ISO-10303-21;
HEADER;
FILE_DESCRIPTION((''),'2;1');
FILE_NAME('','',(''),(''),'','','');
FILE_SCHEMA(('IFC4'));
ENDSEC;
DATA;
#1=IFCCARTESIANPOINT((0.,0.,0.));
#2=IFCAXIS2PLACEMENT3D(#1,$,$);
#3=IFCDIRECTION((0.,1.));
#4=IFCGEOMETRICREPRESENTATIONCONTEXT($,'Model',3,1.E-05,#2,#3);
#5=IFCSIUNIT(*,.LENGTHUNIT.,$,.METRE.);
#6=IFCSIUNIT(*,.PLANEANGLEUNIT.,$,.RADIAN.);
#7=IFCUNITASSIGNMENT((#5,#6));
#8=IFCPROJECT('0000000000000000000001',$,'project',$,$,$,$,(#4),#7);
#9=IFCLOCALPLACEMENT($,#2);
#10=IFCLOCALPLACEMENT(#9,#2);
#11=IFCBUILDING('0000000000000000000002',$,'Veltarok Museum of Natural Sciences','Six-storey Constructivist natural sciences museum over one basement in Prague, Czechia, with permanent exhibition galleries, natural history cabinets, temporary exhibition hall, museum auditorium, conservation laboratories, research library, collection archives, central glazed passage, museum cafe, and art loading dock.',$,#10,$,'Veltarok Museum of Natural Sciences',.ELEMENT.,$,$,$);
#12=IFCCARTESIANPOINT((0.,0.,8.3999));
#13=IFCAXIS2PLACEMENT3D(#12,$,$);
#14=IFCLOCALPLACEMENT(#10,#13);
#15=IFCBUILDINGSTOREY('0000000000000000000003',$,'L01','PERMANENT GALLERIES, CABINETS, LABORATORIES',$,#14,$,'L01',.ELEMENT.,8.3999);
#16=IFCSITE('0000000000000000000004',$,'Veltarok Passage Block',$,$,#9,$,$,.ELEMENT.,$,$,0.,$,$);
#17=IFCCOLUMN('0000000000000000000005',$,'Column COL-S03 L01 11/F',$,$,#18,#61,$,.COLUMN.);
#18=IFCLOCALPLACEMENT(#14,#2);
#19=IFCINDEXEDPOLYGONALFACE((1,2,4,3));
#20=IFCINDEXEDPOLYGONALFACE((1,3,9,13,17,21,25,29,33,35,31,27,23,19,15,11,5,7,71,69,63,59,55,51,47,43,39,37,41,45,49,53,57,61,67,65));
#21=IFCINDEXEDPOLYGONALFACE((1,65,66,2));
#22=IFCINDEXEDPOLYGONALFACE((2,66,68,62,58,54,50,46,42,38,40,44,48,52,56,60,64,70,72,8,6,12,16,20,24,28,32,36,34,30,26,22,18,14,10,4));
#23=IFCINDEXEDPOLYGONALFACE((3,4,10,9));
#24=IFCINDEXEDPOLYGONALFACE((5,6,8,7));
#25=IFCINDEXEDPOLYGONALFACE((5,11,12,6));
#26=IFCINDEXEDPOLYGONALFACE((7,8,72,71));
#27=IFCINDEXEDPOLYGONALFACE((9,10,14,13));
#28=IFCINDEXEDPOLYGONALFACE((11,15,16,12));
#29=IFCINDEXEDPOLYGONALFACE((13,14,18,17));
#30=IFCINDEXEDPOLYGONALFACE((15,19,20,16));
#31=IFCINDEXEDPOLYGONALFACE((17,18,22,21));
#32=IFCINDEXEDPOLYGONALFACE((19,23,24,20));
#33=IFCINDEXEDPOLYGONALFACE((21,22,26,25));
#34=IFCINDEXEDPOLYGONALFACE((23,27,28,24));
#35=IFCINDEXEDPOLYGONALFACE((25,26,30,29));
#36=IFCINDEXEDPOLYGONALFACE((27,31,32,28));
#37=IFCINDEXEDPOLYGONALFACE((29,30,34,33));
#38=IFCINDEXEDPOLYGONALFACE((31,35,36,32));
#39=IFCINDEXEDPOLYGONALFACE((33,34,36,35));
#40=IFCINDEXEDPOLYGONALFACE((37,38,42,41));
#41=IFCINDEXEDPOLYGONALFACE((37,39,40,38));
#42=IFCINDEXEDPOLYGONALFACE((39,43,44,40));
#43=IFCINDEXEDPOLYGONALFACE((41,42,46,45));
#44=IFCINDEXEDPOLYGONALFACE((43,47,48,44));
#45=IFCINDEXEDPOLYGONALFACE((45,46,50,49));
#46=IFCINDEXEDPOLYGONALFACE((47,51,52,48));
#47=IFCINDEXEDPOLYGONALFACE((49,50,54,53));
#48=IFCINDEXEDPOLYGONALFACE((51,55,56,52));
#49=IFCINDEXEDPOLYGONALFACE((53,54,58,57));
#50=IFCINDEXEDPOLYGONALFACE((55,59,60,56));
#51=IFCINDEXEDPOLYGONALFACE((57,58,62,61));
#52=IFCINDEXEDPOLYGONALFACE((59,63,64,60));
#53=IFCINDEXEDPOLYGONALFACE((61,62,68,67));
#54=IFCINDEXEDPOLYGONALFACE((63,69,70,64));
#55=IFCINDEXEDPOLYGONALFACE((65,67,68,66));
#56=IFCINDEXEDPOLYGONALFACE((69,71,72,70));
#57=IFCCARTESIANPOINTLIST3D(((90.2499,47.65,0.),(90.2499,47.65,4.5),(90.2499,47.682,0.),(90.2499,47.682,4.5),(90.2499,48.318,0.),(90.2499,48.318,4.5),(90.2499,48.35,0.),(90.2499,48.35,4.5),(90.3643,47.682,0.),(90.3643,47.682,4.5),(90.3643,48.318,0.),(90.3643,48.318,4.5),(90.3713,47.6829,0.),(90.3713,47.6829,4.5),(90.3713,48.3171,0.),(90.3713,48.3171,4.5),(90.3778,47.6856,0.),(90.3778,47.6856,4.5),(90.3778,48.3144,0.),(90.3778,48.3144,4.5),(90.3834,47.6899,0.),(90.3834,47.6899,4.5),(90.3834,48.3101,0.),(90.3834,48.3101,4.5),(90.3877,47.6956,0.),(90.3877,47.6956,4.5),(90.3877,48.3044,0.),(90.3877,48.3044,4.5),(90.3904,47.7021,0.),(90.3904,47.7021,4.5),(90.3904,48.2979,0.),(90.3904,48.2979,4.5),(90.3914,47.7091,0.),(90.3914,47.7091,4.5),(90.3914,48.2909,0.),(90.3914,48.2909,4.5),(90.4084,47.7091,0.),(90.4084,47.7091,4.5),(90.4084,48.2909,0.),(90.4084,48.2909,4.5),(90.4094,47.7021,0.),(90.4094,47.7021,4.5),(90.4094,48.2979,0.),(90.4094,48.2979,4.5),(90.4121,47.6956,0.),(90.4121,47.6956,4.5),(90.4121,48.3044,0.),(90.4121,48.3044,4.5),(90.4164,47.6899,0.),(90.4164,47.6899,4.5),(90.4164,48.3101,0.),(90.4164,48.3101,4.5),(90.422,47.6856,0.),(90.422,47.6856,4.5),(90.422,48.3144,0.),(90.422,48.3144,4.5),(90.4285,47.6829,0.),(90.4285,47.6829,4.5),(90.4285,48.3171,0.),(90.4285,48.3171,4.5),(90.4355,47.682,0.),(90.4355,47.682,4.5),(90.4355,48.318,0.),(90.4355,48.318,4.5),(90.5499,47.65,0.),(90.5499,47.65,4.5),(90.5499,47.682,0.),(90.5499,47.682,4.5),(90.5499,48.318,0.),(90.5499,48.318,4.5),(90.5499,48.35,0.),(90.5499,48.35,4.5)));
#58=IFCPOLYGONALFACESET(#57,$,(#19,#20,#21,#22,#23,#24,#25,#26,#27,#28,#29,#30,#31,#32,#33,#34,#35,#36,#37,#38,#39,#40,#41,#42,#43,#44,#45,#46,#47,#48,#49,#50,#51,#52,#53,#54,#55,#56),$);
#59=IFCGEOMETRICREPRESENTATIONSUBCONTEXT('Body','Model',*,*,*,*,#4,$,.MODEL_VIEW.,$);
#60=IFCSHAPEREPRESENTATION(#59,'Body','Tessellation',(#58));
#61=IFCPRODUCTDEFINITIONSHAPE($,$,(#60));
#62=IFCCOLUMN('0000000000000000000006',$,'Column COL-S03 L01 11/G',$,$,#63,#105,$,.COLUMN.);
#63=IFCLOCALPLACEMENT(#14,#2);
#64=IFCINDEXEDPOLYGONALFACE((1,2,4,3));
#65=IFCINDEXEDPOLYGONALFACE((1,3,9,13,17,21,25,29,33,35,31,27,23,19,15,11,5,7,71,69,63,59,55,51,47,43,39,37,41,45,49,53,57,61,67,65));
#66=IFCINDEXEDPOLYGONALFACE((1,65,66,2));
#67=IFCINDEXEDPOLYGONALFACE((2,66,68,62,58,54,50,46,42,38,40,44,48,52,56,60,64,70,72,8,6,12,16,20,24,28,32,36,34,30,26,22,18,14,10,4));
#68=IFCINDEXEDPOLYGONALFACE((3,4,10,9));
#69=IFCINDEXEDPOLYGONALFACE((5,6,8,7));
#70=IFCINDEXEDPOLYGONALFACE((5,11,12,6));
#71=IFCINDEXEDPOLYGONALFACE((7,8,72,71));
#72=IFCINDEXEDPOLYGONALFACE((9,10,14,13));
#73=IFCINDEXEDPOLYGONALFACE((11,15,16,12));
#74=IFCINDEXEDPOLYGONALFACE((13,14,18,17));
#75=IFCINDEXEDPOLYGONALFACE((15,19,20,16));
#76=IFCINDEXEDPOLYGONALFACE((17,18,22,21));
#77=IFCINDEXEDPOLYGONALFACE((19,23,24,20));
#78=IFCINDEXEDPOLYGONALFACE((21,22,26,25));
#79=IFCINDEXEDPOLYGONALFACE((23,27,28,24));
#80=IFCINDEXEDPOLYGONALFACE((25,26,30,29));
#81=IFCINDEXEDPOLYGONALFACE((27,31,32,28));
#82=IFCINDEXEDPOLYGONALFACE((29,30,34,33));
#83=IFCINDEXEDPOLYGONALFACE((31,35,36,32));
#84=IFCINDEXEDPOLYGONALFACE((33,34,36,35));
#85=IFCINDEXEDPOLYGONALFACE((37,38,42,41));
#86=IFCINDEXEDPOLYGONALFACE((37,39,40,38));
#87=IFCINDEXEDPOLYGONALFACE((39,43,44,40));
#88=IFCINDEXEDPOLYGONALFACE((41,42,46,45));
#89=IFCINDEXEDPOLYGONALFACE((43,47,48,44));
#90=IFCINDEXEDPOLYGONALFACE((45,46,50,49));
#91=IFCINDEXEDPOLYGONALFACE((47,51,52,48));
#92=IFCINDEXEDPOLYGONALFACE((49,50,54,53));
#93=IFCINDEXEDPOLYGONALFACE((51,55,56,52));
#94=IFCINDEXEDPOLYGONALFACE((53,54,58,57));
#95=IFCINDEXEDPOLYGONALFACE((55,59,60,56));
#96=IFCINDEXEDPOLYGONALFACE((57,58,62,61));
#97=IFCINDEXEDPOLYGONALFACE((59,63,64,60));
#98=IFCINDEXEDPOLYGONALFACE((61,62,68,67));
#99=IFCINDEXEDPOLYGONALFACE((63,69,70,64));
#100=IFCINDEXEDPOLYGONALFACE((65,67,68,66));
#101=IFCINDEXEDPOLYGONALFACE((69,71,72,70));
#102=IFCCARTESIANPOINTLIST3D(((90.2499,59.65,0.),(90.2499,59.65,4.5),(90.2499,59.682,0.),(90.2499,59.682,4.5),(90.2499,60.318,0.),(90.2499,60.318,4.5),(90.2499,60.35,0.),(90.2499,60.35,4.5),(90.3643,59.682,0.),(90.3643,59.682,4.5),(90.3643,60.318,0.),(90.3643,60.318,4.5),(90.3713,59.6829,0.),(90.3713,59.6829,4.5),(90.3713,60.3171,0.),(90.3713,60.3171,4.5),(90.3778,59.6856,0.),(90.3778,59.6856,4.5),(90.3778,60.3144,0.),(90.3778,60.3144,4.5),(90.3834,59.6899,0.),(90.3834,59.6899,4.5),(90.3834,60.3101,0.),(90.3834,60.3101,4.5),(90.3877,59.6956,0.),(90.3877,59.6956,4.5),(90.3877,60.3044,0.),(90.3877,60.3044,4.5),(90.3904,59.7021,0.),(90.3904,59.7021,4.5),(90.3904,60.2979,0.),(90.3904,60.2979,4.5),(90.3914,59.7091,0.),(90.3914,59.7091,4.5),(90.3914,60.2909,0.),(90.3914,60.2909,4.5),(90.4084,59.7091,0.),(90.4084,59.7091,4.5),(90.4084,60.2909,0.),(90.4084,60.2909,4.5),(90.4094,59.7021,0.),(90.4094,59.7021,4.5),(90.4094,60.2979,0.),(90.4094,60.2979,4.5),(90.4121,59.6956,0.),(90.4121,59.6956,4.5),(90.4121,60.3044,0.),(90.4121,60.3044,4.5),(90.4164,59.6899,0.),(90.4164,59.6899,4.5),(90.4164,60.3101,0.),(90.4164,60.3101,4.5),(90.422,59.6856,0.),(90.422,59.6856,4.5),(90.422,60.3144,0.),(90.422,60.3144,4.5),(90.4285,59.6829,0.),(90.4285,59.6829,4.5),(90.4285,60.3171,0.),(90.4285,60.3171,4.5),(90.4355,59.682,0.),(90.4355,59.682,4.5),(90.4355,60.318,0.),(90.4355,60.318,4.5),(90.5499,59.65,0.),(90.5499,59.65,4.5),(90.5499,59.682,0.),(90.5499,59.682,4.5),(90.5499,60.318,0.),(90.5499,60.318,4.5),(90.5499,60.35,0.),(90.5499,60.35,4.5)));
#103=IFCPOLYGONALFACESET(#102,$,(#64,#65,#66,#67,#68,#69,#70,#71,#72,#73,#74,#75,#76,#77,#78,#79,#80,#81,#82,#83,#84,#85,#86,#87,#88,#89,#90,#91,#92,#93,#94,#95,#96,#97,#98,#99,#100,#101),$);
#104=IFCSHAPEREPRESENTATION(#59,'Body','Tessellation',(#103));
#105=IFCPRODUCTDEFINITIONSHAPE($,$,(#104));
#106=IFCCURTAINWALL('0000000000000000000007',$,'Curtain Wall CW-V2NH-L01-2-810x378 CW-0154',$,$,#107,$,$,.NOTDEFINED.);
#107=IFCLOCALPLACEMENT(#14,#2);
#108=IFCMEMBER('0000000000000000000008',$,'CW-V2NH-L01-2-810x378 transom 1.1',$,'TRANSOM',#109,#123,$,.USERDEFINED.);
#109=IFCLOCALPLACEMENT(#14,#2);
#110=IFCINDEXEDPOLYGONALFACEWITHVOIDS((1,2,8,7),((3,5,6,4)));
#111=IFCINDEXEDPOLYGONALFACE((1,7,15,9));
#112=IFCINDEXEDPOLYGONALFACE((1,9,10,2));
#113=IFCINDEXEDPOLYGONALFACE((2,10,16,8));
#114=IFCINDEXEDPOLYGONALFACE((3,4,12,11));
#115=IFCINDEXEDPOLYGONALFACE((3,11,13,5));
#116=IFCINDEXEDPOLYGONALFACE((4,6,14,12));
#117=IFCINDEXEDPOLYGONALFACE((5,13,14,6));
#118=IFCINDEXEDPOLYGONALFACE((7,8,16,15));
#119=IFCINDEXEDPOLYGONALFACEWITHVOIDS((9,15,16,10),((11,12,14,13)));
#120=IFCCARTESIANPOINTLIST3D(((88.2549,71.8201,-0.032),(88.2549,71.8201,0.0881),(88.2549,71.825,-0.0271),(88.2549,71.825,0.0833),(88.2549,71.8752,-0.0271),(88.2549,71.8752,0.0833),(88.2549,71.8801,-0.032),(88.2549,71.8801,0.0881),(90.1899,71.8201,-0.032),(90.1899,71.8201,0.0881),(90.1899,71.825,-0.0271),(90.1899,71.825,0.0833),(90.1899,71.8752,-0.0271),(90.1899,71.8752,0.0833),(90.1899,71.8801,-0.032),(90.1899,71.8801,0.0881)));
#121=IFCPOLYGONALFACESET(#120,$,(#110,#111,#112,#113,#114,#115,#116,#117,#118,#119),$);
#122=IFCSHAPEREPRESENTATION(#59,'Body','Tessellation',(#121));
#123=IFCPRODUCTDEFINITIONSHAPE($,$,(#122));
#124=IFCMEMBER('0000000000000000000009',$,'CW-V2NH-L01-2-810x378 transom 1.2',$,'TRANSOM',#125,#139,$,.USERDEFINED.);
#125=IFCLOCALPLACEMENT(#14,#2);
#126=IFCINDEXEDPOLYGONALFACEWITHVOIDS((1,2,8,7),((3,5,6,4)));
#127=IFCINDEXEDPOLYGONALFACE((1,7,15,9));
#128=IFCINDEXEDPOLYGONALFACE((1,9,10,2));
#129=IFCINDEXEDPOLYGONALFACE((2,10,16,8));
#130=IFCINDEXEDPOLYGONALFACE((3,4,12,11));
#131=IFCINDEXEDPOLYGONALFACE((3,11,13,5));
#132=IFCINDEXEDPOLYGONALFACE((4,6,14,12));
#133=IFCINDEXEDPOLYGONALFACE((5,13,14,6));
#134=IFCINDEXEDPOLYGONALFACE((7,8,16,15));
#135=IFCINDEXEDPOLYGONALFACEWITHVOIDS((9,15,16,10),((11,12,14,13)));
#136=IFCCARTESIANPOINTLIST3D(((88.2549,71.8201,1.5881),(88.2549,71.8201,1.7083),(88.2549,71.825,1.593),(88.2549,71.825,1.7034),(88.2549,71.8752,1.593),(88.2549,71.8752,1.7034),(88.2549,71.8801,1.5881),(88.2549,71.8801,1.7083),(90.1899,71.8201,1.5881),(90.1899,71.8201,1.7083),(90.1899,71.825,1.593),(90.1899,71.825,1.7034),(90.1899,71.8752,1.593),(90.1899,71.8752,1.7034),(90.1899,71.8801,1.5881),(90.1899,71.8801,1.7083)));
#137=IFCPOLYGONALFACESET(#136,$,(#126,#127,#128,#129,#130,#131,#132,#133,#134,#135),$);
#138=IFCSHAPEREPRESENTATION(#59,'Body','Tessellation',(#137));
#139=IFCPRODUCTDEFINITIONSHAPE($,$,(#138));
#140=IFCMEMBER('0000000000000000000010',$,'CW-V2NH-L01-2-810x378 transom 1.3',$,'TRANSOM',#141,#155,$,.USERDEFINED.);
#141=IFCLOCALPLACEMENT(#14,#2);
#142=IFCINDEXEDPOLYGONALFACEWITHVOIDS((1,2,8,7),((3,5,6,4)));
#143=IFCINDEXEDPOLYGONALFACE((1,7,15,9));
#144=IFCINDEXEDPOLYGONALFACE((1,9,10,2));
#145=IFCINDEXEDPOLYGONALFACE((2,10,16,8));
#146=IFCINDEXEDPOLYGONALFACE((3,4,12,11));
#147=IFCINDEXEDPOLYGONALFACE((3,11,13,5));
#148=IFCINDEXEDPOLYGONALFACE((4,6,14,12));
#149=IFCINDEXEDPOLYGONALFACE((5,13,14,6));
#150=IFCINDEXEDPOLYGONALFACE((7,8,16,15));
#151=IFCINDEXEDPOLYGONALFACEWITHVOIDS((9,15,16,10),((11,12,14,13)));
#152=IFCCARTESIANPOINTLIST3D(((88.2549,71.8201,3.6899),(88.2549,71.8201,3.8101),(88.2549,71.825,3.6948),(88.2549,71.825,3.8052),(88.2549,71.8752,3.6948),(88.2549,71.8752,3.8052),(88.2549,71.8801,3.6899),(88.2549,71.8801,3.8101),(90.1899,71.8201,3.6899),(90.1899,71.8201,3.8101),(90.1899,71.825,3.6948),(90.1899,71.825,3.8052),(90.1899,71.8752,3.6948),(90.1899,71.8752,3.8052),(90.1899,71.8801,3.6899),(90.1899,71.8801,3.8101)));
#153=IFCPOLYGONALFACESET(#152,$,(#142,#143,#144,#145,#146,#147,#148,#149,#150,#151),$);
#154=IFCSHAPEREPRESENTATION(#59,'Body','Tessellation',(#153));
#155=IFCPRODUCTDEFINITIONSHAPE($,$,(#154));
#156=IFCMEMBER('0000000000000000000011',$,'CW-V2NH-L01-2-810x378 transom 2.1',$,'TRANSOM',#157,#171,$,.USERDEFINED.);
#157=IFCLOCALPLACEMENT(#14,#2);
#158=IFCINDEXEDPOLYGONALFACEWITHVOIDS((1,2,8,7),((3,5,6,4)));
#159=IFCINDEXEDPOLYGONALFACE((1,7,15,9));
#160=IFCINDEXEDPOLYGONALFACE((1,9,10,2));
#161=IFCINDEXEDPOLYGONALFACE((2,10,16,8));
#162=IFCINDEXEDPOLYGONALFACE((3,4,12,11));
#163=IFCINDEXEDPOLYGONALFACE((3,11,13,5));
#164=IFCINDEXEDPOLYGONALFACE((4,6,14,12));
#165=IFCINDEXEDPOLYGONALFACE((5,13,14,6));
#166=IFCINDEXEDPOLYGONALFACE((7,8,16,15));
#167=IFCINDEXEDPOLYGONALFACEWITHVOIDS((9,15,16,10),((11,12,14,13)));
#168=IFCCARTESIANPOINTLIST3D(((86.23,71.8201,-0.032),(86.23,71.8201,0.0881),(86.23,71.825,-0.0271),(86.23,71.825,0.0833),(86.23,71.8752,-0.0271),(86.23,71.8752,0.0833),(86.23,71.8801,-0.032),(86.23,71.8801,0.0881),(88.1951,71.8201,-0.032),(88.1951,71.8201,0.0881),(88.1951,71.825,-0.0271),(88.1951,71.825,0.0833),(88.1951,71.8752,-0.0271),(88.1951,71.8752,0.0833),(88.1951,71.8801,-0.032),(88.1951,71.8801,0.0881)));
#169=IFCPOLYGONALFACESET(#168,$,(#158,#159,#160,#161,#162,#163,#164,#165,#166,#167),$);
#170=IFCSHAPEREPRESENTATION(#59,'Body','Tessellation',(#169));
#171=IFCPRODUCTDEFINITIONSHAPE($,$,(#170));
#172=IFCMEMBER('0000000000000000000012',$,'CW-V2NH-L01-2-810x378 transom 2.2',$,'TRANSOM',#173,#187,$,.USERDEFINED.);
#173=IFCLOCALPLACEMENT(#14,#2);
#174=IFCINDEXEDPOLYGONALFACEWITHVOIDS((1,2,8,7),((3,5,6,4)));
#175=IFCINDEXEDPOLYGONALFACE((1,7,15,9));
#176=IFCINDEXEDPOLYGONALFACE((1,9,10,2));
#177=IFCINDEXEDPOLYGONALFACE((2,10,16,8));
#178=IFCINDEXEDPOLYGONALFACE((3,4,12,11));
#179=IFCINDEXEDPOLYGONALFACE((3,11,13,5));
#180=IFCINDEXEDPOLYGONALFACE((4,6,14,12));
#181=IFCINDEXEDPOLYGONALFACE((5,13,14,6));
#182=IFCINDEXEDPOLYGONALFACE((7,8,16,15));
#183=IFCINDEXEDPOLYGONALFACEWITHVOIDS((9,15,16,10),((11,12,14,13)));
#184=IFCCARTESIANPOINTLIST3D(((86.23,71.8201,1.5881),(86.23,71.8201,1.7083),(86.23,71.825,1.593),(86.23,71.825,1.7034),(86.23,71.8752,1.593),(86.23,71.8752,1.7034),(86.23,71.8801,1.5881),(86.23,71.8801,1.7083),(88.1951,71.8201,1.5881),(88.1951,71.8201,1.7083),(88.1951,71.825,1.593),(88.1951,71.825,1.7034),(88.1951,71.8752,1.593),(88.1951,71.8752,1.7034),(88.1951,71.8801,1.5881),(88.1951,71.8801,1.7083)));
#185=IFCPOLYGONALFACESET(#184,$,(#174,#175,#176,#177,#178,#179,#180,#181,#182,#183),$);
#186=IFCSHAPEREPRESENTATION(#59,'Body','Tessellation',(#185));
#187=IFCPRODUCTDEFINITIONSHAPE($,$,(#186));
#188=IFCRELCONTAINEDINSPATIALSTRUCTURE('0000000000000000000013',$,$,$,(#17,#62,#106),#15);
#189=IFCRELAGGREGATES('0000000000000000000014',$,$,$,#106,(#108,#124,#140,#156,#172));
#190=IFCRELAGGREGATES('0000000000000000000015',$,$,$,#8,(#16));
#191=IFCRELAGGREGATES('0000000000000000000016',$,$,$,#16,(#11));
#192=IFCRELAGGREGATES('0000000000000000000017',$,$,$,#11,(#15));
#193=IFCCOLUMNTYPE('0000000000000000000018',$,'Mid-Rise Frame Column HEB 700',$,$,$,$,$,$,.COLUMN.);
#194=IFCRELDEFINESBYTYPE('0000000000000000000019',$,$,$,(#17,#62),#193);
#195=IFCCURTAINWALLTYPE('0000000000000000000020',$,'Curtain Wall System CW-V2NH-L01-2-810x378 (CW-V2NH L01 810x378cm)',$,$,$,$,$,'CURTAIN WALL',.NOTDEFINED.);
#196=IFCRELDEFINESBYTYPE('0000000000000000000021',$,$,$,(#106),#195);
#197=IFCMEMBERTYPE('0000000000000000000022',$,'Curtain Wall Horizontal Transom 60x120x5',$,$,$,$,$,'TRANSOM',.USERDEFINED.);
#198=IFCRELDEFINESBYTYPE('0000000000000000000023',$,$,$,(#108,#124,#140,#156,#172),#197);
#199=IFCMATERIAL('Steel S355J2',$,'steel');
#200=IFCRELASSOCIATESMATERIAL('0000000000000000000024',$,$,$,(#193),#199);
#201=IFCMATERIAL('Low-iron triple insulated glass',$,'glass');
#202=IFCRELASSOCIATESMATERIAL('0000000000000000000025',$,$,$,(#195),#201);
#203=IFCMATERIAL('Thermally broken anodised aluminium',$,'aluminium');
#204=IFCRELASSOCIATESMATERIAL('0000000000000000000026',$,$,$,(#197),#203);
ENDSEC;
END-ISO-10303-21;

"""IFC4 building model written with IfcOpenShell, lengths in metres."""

from ifc_helpers import new_model, si_unit, direction, frame, origin, origin_2d, place, context, subcontext, project, spatial, hollow_rectangle, i_section, extrude, material, material_profile, profile_set, type_object, element, aggregate, save


model = new_model("IFC4")

# Units and contexts
model_context = context("Model", 3, precision=1e-05, world=origin(), true_north=direction((0.0, 1.0)))
body_context = subcontext(model_context, "Body", "Model", "MODEL_VIEW")
ifc_project = project(units=[si_unit("LENGTHUNIT", "METRE"), si_unit("PLANEANGLEUNIT", "RADIAN")], contexts=[model_context])

# Site, building, storey
site_placement = place(None, origin())
site = spatial("IfcSite", under=ifc_project, at=site_placement, Name="Veltarok Passage Block", CompositionType="ELEMENT", RefElevation=0.0)
building_placement = place(site_placement, origin())
building = spatial("IfcBuilding", under=site, at=building_placement, Name="Veltarok Museum of Natural Sciences", Description="Six-storey Constructivist natural sciences museum over one basement in Prague, Czechia, with permanent exhibition galleries, natural history cabinets, temporary exhibition hall, museum auditorium, conservation laboratories, research library, collection archives, central glazed passage, museum cafe, and art loading dock.", LongName="Veltarok Museum of Natural Sciences", CompositionType="ELEMENT")
storey_placement = place(building_placement, frame((0.0, 0.0, 8.3999)))
storey = spatial("IfcBuildingStorey", under=building, at=storey_placement, Name="L01", Description="PERMANENT GALLERIES, CABINETS, LABORATORIES", LongName="L01", CompositionType="ELEMENT", Elevation=8.3999)

# Columns
ifc_material_1 = material(Name="Steel S355J2", Category="steel")
ifc_material_profile_1 = material_profile(ifc_material_1, i_section(OverallWidth=0.3, OverallDepth=0.7, WebThickness=0.0171, FlangeThickness=0.032, FilletRadius=0.0271, at=origin_2d()), Name="HEB 700")
ifc_profile_set_1 = profile_set([ifc_material_profile_1], Name="Steel S355J2")
column_type = type_object("IfcColumnType", Name="Mid-Rise Frame Column HEB 700", PredefinedType="COLUMN", material=ifc_profile_set_1)
for number, where, z_axis, x_axis, name in (
    (1, (90.3999, 48.0, 0.0), (0.0, 0.0, 1.0), (1.0, 0.0, 0.0), "Column COL-S03 L01 11/F"),
    (2, (90.3999, 60.0, 0.0), (0.0, 0.0, 1.0), (1.0, 0.0, 0.0), "Column COL-S03 L01 11/G"),
):
    element("IfcColumn", number, at=place(storey_placement, frame(where, z_axis=z_axis, x_axis=x_axis)), inside=storey, type_object=column_type, Name=name, PredefinedType="COLUMN", context=body_context, shape_type="SweptSolid", body=[
        extrude(i_section(OverallWidth=0.3, OverallDepth=0.7, WebThickness=0.0171, FlangeThickness=0.032, FilletRadius=0.0271, at=origin_2d()), origin(), (0.0, 0.0, 1.0), 4.5),
    ])

# Curtain wall, members
ifc_material_2 = material(Name="Low-iron triple insulated glass", Category="glass")
curtain_wall_type_1 = type_object("IfcCurtainWallType", Name="Curtain Wall System CW-V2NH-L01-2-810x378 (CW-V2NH L01 810x378cm)", ElementType="CURTAIN WALL", PredefinedType="NOTDEFINED", material=ifc_material_2)
curtain_wall_1_placement = place(storey_placement, origin())
curtain_wall_1 = element("IfcCurtainWall", 3, at=curtain_wall_1_placement, inside=storey, type_object=curtain_wall_type_1, Name="Curtain Wall CW-V2NH-L01-2-810x378 CW-0154", PredefinedType="NOTDEFINED")
ifc_material_3 = material(Name="Thermally broken anodised aluminium", Category="aluminium")
ifc_material_profile_2 = material_profile(ifc_material_3, hollow_rectangle(XDim=0.0601, YDim=0.1201, WallThickness=0.0049, at=origin_2d()), Name="CW TRANSOM 60x120x5")
ifc_profile_set_2 = profile_set([ifc_material_profile_2], Name="Thermally broken anodised aluminium")
member_type_1 = type_object("IfcMemberType", Name="Curtain Wall Horizontal Transom 60x120x5", ElementType="TRANSOM", PredefinedType="USERDEFINED", material=ifc_profile_set_2)
member_1_placement = place(storey_placement, frame((90.1899, 71.8501, 0.0281), z_axis=(-1.0, 0.0, 0.0), x_axis=(0.0, -1.0, 0.0)))
member_1 = element("IfcMember", 4, at=member_1_placement, type_object=member_type_1, Name="CW-V2NH-L01-2-810x378 transom 1.1", ObjectType="TRANSOM", PredefinedType="USERDEFINED", context=body_context, shape_type="SweptSolid", body=[
    extrude(hollow_rectangle(XDim=0.0601, YDim=0.1201, WallThickness=0.0049, at=origin_2d()), origin(), (0.0, 0.0, 1.0), 1.9351),
])
member_2_placement = place(storey_placement, frame((90.1899, 71.8501, 1.6482), z_axis=(-1.0, 0.0, 0.0), x_axis=(0.0, -1.0, 0.0)))
member_2 = element("IfcMember", 5, at=member_2_placement, type_object=member_type_1, Name="CW-V2NH-L01-2-810x378 transom 1.2", ObjectType="TRANSOM", PredefinedType="USERDEFINED", context=body_context, shape_type="SweptSolid", body=[
    extrude(hollow_rectangle(XDim=0.0601, YDim=0.1201, WallThickness=0.0049, at=origin_2d()), origin(), (0.0, 0.0, 1.0), 1.9351),
])
member_3_placement = place(storey_placement, frame((90.1899, 71.8501, 3.75), z_axis=(-1.0, 0.0, 0.0), x_axis=(0.0, -1.0, 0.0)))
member_3 = element("IfcMember", 6, at=member_3_placement, type_object=member_type_1, Name="CW-V2NH-L01-2-810x378 transom 1.3", ObjectType="TRANSOM", PredefinedType="USERDEFINED", context=body_context, shape_type="SweptSolid", body=[
    extrude(hollow_rectangle(XDim=0.0601, YDim=0.1201, WallThickness=0.0049, at=origin_2d()), origin(), (0.0, 0.0, 1.0), 1.9351),
])
member_4_placement = place(storey_placement, frame((88.1951, 71.8501, 0.0281), z_axis=(-1.0, 0.0, 0.0), x_axis=(0.0, -1.0, 0.0)))
member_4 = element("IfcMember", 7, at=member_4_placement, type_object=member_type_1, Name="CW-V2NH-L01-2-810x378 transom 2.1", ObjectType="TRANSOM", PredefinedType="USERDEFINED", context=body_context, shape_type="SweptSolid", body=[
    extrude(hollow_rectangle(XDim=0.0601, YDim=0.1201, WallThickness=0.0049, at=origin_2d()), origin(), (0.0, 0.0, 1.0), 1.9651),
])
member_5_placement = place(storey_placement, frame((88.1951, 71.8501, 1.6482), z_axis=(-1.0, 0.0, 0.0), x_axis=(0.0, -1.0, 0.0)))
member_5 = element("IfcMember", 8, at=member_5_placement, type_object=member_type_1, Name="CW-V2NH-L01-2-810x378 transom 2.2", ObjectType="TRANSOM", PredefinedType="USERDEFINED", context=body_context, shape_type="SweptSolid", body=[
    extrude(hollow_rectangle(XDim=0.0601, YDim=0.1201, WallThickness=0.0049, at=origin_2d()), origin(), (0.0, 0.0, 1.0), 1.9651),
])

aggregate(curtain_wall_1, [member_1, member_2, member_3, member_4, member_5])

save(model, "model.ifc")
